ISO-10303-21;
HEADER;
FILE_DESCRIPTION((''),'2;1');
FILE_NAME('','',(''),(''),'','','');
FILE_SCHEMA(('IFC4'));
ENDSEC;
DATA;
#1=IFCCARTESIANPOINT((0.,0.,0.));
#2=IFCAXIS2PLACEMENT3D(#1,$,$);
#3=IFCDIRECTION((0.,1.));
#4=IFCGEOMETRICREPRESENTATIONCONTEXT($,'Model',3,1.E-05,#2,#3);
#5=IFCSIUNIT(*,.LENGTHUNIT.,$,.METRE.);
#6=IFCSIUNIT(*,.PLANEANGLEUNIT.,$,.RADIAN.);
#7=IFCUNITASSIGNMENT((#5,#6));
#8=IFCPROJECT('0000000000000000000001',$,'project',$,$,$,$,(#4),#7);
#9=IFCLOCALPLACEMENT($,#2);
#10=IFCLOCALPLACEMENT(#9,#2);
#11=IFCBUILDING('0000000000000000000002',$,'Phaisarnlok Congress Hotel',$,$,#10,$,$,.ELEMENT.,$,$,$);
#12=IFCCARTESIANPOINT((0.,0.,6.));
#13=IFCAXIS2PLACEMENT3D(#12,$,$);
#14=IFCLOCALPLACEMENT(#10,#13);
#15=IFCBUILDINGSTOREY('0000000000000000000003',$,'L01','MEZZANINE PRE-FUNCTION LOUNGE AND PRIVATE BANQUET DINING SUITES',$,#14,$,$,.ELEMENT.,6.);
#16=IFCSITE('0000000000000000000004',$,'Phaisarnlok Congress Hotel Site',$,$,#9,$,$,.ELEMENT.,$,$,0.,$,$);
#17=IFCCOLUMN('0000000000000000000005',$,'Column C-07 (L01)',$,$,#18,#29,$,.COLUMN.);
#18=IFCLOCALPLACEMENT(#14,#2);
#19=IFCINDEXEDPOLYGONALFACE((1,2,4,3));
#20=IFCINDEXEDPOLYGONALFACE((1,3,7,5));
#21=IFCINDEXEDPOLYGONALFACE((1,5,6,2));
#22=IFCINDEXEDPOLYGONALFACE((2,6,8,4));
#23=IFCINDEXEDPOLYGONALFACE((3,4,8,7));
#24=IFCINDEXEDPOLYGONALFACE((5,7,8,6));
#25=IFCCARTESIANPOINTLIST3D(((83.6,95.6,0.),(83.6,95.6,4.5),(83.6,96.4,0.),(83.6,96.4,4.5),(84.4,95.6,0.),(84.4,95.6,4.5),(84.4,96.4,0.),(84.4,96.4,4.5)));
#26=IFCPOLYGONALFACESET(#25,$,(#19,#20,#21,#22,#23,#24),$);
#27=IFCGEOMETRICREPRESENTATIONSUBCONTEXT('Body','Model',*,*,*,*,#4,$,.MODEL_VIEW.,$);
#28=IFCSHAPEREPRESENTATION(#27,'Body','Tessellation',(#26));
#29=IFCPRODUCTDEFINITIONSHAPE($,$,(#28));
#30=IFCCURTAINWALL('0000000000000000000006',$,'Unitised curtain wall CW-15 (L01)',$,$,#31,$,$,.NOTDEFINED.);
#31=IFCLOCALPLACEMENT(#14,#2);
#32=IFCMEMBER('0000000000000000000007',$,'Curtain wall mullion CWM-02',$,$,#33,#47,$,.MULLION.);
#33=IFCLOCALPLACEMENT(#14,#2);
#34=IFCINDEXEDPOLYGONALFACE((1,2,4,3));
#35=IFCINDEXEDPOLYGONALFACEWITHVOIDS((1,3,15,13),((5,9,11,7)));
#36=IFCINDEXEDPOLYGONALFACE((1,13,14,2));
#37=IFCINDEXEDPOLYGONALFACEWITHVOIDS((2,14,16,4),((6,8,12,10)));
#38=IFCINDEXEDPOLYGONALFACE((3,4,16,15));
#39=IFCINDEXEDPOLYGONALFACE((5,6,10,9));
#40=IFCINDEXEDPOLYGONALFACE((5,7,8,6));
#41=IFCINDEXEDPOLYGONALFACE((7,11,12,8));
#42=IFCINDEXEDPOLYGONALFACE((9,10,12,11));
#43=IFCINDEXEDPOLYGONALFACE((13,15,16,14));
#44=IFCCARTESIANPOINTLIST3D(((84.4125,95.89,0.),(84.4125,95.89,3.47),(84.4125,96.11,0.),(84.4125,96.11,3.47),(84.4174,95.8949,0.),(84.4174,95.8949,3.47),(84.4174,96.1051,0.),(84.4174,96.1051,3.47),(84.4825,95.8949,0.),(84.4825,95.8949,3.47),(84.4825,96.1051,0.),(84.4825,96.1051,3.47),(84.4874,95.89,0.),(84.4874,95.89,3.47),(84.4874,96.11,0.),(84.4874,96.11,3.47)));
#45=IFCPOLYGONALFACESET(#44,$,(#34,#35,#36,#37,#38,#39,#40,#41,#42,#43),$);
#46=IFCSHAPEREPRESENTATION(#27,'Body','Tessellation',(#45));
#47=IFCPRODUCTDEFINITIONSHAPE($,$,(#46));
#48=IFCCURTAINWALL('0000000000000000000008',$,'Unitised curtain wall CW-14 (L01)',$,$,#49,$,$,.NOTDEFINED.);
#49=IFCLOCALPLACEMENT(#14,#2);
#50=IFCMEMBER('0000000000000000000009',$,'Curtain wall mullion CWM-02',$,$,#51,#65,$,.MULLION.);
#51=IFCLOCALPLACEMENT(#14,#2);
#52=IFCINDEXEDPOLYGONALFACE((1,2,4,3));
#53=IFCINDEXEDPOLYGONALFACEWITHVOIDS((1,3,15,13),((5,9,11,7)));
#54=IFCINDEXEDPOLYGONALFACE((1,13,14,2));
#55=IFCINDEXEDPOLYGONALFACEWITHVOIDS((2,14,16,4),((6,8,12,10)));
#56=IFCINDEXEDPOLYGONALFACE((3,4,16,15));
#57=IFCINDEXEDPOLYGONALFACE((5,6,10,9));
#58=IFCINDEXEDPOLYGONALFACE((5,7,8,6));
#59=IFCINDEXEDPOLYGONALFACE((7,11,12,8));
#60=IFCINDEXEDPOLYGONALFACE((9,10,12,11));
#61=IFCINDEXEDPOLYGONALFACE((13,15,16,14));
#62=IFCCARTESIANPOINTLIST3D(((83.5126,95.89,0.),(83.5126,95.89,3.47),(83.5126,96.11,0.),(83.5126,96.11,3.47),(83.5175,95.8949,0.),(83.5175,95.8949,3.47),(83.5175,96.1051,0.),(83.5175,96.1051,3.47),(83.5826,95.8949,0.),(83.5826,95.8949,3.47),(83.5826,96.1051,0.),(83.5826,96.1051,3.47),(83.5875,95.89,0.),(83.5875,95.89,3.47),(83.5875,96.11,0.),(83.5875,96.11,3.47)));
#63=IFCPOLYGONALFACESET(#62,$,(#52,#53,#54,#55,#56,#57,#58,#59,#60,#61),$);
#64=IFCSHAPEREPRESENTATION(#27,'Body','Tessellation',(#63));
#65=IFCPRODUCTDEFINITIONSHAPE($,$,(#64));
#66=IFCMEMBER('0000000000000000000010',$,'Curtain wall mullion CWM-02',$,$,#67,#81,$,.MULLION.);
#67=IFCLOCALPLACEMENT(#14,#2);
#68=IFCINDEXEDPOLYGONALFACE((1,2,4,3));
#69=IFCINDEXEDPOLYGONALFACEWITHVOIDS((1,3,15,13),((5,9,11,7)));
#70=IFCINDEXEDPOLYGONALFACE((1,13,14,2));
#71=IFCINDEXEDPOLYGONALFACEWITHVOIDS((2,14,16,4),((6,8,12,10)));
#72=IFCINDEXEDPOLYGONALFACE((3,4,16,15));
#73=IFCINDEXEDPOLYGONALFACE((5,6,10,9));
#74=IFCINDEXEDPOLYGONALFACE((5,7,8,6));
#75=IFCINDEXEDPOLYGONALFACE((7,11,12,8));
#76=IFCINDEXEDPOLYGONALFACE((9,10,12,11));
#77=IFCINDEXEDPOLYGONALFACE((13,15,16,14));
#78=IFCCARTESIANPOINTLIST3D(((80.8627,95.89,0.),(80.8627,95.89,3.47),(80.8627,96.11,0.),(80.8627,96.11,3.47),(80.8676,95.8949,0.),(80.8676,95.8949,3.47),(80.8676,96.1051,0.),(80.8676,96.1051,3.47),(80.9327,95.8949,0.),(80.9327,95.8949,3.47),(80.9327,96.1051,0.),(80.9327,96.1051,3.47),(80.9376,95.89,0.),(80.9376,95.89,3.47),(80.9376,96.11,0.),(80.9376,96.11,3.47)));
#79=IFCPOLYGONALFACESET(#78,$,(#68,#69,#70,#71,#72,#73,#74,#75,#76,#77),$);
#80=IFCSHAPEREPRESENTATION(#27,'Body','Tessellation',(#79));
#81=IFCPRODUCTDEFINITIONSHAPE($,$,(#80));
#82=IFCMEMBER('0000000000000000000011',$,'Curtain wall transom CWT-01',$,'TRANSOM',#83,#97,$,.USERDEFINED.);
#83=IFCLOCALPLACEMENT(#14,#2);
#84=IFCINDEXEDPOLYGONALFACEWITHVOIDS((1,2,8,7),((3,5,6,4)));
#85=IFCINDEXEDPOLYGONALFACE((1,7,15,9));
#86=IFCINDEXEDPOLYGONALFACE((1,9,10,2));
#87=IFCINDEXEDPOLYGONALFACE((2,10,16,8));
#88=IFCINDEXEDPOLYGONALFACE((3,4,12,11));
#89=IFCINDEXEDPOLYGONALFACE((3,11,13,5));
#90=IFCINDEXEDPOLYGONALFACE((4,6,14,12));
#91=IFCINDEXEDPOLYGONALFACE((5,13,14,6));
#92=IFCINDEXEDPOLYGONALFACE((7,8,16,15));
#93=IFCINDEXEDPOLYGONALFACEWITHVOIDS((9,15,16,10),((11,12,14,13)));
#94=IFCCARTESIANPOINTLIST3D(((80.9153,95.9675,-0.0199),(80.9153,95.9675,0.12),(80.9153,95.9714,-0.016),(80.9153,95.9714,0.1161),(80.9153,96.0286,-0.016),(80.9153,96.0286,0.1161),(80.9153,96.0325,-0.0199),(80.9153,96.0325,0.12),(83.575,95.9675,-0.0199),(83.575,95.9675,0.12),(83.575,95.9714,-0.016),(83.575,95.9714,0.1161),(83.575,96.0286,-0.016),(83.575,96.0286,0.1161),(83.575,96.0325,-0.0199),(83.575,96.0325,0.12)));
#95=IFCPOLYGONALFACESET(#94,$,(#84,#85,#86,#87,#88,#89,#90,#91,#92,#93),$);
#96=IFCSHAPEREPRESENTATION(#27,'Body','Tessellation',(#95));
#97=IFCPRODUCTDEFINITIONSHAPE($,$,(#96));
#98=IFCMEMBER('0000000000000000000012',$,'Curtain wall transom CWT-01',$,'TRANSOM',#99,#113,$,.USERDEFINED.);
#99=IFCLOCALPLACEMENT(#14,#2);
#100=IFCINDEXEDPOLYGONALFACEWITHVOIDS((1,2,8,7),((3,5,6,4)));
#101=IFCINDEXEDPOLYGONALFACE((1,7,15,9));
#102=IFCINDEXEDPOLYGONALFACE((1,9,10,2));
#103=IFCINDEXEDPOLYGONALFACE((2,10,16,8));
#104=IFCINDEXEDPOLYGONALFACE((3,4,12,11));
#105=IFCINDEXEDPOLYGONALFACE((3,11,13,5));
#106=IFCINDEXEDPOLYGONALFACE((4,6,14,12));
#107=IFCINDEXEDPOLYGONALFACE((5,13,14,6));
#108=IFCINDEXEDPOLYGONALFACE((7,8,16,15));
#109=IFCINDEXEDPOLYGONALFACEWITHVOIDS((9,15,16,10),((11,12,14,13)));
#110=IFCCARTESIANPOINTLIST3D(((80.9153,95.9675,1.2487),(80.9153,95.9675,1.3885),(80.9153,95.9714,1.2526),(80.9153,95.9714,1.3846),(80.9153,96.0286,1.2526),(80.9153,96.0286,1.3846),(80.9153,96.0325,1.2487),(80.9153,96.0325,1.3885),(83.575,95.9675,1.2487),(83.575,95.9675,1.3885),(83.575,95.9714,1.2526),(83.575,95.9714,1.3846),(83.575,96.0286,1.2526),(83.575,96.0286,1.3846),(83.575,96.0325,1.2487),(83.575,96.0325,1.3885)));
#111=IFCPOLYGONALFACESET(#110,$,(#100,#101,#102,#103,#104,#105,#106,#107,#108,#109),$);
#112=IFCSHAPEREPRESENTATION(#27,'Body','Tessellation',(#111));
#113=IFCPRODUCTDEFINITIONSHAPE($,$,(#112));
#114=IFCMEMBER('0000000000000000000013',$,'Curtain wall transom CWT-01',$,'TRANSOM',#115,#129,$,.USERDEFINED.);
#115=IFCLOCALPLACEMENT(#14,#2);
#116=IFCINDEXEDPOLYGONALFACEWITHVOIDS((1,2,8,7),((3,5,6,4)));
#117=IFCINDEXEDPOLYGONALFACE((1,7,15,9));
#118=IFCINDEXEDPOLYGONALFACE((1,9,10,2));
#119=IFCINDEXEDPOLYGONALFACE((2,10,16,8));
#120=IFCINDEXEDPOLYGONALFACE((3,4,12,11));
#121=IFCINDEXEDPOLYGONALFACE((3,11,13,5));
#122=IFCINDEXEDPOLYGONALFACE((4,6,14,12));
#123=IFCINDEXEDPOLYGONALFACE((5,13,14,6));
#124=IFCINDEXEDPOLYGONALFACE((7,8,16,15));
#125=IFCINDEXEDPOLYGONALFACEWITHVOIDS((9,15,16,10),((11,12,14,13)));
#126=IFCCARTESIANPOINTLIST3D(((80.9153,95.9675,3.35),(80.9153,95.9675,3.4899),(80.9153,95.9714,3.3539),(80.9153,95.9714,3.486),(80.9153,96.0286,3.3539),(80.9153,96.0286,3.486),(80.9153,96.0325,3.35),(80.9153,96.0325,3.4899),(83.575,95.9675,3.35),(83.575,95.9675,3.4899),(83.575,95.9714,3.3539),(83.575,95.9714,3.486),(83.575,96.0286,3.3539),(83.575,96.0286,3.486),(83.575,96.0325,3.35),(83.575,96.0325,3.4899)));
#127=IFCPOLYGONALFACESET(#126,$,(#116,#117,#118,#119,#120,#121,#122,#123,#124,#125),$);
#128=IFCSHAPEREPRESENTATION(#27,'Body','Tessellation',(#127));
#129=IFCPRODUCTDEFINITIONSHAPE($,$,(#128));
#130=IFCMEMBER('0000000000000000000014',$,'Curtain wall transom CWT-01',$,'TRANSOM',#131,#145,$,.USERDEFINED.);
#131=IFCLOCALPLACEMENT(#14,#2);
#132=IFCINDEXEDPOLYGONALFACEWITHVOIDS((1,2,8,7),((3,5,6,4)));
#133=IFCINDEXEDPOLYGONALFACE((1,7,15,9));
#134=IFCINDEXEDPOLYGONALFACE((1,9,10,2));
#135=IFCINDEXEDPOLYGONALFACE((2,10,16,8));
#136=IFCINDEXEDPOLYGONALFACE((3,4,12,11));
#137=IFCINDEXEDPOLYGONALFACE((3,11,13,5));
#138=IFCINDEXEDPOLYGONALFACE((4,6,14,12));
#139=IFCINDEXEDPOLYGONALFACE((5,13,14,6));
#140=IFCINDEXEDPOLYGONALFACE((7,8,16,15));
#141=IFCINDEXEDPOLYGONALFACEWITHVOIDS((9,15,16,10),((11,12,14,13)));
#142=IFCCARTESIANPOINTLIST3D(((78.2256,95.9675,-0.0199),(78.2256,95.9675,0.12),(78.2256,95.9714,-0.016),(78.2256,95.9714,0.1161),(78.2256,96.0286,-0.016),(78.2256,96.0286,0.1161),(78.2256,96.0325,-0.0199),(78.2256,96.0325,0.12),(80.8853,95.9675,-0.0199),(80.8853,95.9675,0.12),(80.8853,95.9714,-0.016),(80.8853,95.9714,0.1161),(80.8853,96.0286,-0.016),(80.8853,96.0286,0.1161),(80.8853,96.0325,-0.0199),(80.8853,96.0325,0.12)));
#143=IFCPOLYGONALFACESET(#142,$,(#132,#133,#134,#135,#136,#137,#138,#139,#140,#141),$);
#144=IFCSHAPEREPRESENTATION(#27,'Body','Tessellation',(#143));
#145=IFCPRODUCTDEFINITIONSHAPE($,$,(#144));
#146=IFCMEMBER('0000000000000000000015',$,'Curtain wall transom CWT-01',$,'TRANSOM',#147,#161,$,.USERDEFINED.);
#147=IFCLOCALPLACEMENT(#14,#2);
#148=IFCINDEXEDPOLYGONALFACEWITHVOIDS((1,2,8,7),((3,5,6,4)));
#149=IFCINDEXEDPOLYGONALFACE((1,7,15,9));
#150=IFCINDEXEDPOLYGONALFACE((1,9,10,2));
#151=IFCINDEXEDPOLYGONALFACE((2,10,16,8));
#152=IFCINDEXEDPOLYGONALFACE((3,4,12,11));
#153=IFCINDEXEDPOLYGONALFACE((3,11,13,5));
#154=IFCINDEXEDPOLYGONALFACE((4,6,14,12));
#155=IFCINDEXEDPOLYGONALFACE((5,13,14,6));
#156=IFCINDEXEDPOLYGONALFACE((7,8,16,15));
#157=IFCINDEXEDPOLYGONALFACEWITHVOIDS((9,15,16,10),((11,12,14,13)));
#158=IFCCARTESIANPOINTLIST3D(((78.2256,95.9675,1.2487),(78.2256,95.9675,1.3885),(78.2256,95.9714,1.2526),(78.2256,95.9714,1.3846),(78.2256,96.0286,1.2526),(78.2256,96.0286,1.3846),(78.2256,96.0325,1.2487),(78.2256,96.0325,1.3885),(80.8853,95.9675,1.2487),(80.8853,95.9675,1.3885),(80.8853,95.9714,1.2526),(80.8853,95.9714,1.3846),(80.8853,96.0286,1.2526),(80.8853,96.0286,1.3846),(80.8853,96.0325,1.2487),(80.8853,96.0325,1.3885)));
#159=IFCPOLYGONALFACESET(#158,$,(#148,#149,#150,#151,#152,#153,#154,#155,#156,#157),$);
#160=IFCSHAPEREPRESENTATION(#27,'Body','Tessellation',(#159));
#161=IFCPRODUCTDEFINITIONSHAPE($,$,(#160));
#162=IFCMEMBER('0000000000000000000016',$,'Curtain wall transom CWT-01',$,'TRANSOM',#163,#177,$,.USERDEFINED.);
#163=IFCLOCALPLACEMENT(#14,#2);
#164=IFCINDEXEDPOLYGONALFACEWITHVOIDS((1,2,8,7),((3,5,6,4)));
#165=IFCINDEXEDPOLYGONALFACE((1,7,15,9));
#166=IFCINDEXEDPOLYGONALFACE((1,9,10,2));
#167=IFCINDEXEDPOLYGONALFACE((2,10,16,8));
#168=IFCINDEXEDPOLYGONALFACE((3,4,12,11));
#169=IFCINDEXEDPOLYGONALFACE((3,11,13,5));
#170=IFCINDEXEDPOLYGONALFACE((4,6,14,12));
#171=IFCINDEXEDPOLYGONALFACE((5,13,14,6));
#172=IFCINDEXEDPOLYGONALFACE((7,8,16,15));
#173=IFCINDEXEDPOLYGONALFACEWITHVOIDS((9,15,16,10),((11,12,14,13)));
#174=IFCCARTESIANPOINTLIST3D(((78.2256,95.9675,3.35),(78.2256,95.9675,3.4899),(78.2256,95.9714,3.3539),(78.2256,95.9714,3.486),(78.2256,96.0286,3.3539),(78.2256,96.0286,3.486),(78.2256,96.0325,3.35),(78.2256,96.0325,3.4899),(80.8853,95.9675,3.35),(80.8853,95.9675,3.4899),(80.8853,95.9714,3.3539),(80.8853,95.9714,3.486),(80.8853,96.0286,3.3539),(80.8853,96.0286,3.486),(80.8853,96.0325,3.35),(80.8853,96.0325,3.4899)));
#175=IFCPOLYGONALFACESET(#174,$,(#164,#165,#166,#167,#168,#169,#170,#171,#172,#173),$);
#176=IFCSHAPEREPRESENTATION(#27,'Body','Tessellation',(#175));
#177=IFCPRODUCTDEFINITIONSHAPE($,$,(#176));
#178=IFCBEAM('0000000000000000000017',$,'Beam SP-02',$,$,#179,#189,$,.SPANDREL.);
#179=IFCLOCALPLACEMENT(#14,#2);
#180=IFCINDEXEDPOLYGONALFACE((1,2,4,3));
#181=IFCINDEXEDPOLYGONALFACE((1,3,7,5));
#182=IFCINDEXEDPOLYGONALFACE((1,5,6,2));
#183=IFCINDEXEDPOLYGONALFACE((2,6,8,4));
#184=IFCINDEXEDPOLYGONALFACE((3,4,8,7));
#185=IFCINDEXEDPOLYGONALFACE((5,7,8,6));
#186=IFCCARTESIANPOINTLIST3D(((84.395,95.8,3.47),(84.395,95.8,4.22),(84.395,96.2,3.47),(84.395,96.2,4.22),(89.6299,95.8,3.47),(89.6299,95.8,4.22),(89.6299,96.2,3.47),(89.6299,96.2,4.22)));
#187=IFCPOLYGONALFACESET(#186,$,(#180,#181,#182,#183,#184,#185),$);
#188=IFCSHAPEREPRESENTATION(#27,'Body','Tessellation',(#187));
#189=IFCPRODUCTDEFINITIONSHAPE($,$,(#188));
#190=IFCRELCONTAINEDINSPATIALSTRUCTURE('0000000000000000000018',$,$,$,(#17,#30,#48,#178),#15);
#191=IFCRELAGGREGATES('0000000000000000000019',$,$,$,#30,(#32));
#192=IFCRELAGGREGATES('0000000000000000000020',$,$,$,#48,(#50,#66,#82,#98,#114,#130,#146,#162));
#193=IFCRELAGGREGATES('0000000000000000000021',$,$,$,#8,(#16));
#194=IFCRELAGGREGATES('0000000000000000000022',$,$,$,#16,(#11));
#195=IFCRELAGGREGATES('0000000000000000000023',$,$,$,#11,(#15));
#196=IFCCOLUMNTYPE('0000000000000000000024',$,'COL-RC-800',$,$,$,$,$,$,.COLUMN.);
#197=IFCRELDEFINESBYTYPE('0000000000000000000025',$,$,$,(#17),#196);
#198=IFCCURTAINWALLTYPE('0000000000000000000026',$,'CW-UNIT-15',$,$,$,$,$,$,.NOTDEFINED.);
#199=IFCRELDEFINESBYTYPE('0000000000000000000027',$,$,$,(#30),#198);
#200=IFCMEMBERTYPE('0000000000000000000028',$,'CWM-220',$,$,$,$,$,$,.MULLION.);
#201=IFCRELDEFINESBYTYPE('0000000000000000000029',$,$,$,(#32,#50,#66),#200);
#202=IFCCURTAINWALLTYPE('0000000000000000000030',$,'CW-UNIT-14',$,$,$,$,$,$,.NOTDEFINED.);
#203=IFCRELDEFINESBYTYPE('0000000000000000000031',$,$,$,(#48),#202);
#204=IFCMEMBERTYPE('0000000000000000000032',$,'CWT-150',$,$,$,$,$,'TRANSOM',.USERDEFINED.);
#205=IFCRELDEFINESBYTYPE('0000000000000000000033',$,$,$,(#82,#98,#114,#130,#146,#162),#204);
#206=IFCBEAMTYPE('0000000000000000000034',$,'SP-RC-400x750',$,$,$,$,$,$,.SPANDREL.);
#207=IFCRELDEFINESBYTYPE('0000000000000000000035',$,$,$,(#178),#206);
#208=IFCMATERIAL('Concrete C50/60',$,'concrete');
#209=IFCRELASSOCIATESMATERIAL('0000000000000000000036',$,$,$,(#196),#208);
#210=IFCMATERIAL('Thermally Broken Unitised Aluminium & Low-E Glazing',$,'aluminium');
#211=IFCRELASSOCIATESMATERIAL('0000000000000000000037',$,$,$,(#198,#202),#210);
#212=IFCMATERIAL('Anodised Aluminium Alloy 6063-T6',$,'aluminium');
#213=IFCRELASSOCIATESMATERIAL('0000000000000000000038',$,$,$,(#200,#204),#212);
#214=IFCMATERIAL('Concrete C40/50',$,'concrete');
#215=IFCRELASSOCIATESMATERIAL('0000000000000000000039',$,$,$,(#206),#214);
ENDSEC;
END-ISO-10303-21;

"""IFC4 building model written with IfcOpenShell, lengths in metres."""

from ifc_helpers import new_model, si_unit, direction, frame, origin, origin_2d, place, context, subcontext, project, spatial, rectangle, hollow_rectangle, extrude, material, material_profile, profile_set, type_object, element, aggregate, save


model = new_model("IFC4")

# Units and contexts
model_context = context("Model", 3, precision=1e-05, world=origin(), true_north=direction((0.0, 1.0)))
body_context = subcontext(model_context, "Body", "Model", "MODEL_VIEW")
ifc_project = project(units=[si_unit("LENGTHUNIT", "METRE"), si_unit("PLANEANGLEUNIT", "RADIAN")], contexts=[model_context])

# Site, building, storey
site_placement = place(None, origin())
site = spatial("IfcSite", under=ifc_project, at=site_placement, Name="Phaisarnlok Congress Hotel Site", CompositionType="ELEMENT", RefElevation=0.0)
building_placement = place(site_placement, origin())
building = spatial("IfcBuilding", under=site, at=building_placement, Name="Phaisarnlok Congress Hotel", CompositionType="ELEMENT")
storey_placement = place(building_placement, frame((0.0, 0.0, 6.0)))
storey = spatial("IfcBuildingStorey", under=building, at=storey_placement, Name="L01", Description="MEZZANINE PRE-FUNCTION LOUNGE AND PRIVATE BANQUET DINING SUITES", CompositionType="ELEMENT", Elevation=6.0)

# Column
ifc_material_1 = material(Name="Concrete C50/60", Category="concrete")
ifc_material_profile_1 = material_profile(ifc_material_1, rectangle(XDim=0.8, YDim=0.8, at=origin_2d()), Name="RC 800x800")
ifc_profile_set_1 = profile_set([ifc_material_profile_1], Name="Concrete C50/60")
column_type = type_object("IfcColumnType", Name="COL-RC-800", PredefinedType="COLUMN", material=ifc_profile_set_1)
column_placement = place(storey_placement, frame((84.0, 96.0, 0.0), z_axis=(0.0, 0.0, 1.0), x_axis=(1.0, 0.0, 0.0)))
element("IfcColumn", 1, at=column_placement, inside=storey, type_object=column_type, Name="Column C-07 (L01)", PredefinedType="COLUMN", context=body_context, shape_type="SweptSolid", body=[
    extrude(rectangle(XDim=0.8, YDim=0.8, at=origin_2d()), origin(), (0.0, 0.0, 1.0), 4.5),
])

# Curtain wall, member
ifc_material_2 = material(Name="Thermally Broken Unitised Aluminium & Low-E Glazing", Category="aluminium")
curtain_wall_type_1 = type_object("IfcCurtainWallType", Name="CW-UNIT-15", PredefinedType="NOTDEFINED", material=ifc_material_2)
curtain_wall_1_placement = place(storey_placement, origin())
curtain_wall_1 = element("IfcCurtainWall", 2, at=curtain_wall_1_placement, inside=storey, type_object=curtain_wall_type_1, Name="Unitised curtain wall CW-15 (L01)", PredefinedType="NOTDEFINED")
ifc_material_3 = material(Name="Anodised Aluminium Alloy 6063-T6", Category="aluminium")
ifc_material_profile_2 = material_profile(ifc_material_3, hollow_rectangle(XDim=0.075, YDim=0.22, WallThickness=0.0049, at=origin_2d()), Name="ALU-M 75x220x5")
ifc_profile_set_2 = profile_set([ifc_material_profile_2], Name="Anodised Aluminium Alloy 6063-T6")
member_type_1 = type_object("IfcMemberType", Name="CWM-220", PredefinedType="MULLION", material=ifc_profile_set_2)
member_1_placement = place(storey_placement, frame((84.45, 96.0, 0.0), z_axis=(0.0, 0.0, 1.0), x_axis=(-1.0, 0.0, 0.0)))
member_1 = element("IfcMember", 3, at=member_1_placement, type_object=member_type_1, Name="Curtain wall mullion CWM-02", PredefinedType="MULLION", context=body_context, shape_type="SweptSolid", body=[
    extrude(hollow_rectangle(XDim=0.075, YDim=0.22, WallThickness=0.0049, at=origin_2d()), origin(), (0.0, 0.0, 1.0), 3.47),
])
aggregate(curtain_wall_1, [member_1])

# Curtain wall, members
curtain_wall_type_2 = type_object("IfcCurtainWallType", Name="CW-UNIT-14", PredefinedType="NOTDEFINED", material=ifc_material_2)
curtain_wall_2_placement = place(storey_placement, origin())
curtain_wall_2 = element("IfcCurtainWall", 4, at=curtain_wall_2_placement, inside=storey, type_object=curtain_wall_type_2, Name="Unitised curtain wall CW-14 (L01)", PredefinedType="NOTDEFINED")
member_2_placement = place(storey_placement, frame((83.55, 96.0, 0.0), z_axis=(0.0, 0.0, 1.0), x_axis=(-1.0, 0.0, 0.0)))
member_2 = element("IfcMember", 5, at=member_2_placement, type_object=member_type_1, Name="Curtain wall mullion CWM-02", PredefinedType="MULLION", context=body_context, shape_type="SweptSolid", body=[
    extrude(hollow_rectangle(XDim=0.075, YDim=0.22, WallThickness=0.0049, at=origin_2d()), origin(), (0.0, 0.0, 1.0), 3.47),
])
member_3_placement = place(storey_placement, frame((80.9001, 96.0, 0.0), z_axis=(0.0, 0.0, 1.0), x_axis=(-1.0, 0.0, 0.0)))
member_3 = element("IfcMember", 6, at=member_3_placement, type_object=member_type_1, Name="Curtain wall mullion CWM-02", PredefinedType="MULLION", context=body_context, shape_type="SweptSolid", body=[
    extrude(hollow_rectangle(XDim=0.075, YDim=0.22, WallThickness=0.0049, at=origin_2d()), origin(), (0.0, 0.0, 1.0), 3.47),
])
ifc_material_profile_3 = material_profile(ifc_material_3, hollow_rectangle(XDim=0.0649, YDim=0.1399, WallThickness=0.0039, at=origin_2d()), Name="ALU-T 65x140x4")
ifc_profile_set_3 = profile_set([ifc_material_profile_3], Name="Anodised Aluminium Alloy 6063-T6")
member_type_2 = type_object("IfcMemberType", Name="CWT-150", ElementType="TRANSOM", PredefinedType="USERDEFINED", material=ifc_profile_set_3)
member_4_placement = place(storey_placement, frame((83.575, 96.0, 0.05), z_axis=(-1.0, 0.0, 0.0), x_axis=(0.0, -1.0, 0.0)))
member_4 = element("IfcMember", 7, at=member_4_placement, type_object=member_type_2, Name="Curtain wall transom CWT-01", ObjectType="TRANSOM", PredefinedType="USERDEFINED", context=body_context, shape_type="SweptSolid", body=[
    extrude(hollow_rectangle(XDim=0.0649, YDim=0.1399, WallThickness=0.0039, at=origin_2d()), origin(), (0.0, 0.0, 1.0), 2.6597),
])
member_5_placement = place(storey_placement, frame((83.575, 96.0, 1.3186), z_axis=(-1.0, 0.0, 0.0), x_axis=(0.0, -1.0, 0.0)))
member_5 = element("IfcMember", 8, at=member_5_placement, type_object=member_type_2, Name="Curtain wall transom CWT-01", ObjectType="TRANSOM", PredefinedType="USERDEFINED", context=body_context, shape_type="SweptSolid", body=[
    extrude(hollow_rectangle(XDim=0.0649, YDim=0.1399, WallThickness=0.0039, at=origin_2d()), origin(), (0.0, 0.0, 1.0), 2.6597),
])
member_6_placement = place(storey_placement, frame((83.575, 96.0, 3.4199), z_axis=(-1.0, 0.0, 0.0), x_axis=(0.0, -1.0, 0.0)))
member_6 = element("IfcMember", 9, at=member_6_placement, type_object=member_type_2, Name="Curtain wall transom CWT-01", ObjectType="TRANSOM", PredefinedType="USERDEFINED", context=body_context, shape_type="SweptSolid", body=[
    extrude(hollow_rectangle(XDim=0.0649, YDim=0.1399, WallThickness=0.0039, at=origin_2d()), origin(), (0.0, 0.0, 1.0), 2.6597),
])
member_7_placement = place(storey_placement, frame((80.8853, 96.0, 0.05), z_axis=(-1.0, 0.0, 0.0), x_axis=(0.0, -1.0, 0.0)))
member_7 = element("IfcMember", 10, at=member_7_placement, type_object=member_type_2, Name="Curtain wall transom CWT-01", ObjectType="TRANSOM", PredefinedType="USERDEFINED", context=body_context, shape_type="SweptSolid", body=[
    extrude(hollow_rectangle(XDim=0.0649, YDim=0.1399, WallThickness=0.0039, at=origin_2d()), origin(), (0.0, 0.0, 1.0), 2.6597),
])
member_8_placement = place(storey_placement, frame((80.8853, 96.0, 1.3186), z_axis=(-1.0, 0.0, 0.0), x_axis=(0.0, -1.0, 0.0)))
member_8 = element("IfcMember", 11, at=member_8_placement, type_object=member_type_2, Name="Curtain wall transom CWT-01", ObjectType="TRANSOM", PredefinedType="USERDEFINED", context=body_context, shape_type="SweptSolid", body=[
    extrude(hollow_rectangle(XDim=0.0649, YDim=0.1399, WallThickness=0.0039, at=origin_2d()), origin(), (0.0, 0.0, 1.0), 2.6597),
])
member_9_placement = place(storey_placement, frame((80.8853, 96.0, 3.4199), z_axis=(-1.0, 0.0, 0.0), x_axis=(0.0, -1.0, 0.0)))
member_9 = element("IfcMember", 12, at=member_9_placement, type_object=member_type_2, Name="Curtain wall transom CWT-01", ObjectType="TRANSOM", PredefinedType="USERDEFINED", context=body_context, shape_type="SweptSolid", body=[
    extrude(hollow_rectangle(XDim=0.0649, YDim=0.1399, WallThickness=0.0039, at=origin_2d()), origin(), (0.0, 0.0, 1.0), 2.6597),
])

# Beam
ifc_material_4 = material(Name="Concrete C40/50", Category="concrete")
ifc_material_profile_4 = material_profile(ifc_material_4, rectangle(XDim=0.3999, YDim=0.75, at=origin_2d()), Name="RC 400x750")
ifc_profile_set_4 = profile_set([ifc_material_profile_4], Name="Concrete C40/50")
beam_type = type_object("IfcBeamType", Name="SP-RC-400x750", PredefinedType="SPANDREL", material=ifc_profile_set_4)
beam_placement = place(storey_placement, frame((84.395, 96.0, 3.845), z_axis=(1.0, 0.0, 0.0), x_axis=(0.0, 1.0, 0.0)))
element("IfcBeam", 13, at=beam_placement, inside=storey, type_object=beam_type, Name="Beam SP-02", PredefinedType="SPANDREL", context=body_context, shape_type="SweptSolid", body=[
    extrude(rectangle(XDim=0.3999, YDim=0.75, at=origin_2d()), origin(), (0.0, 0.0, 1.0), 5.2349),
])

aggregate(curtain_wall_2, [member_2, member_3, member_4, member_5, member_6, member_7, member_8, member_9])

save(model, "model.ifc")
